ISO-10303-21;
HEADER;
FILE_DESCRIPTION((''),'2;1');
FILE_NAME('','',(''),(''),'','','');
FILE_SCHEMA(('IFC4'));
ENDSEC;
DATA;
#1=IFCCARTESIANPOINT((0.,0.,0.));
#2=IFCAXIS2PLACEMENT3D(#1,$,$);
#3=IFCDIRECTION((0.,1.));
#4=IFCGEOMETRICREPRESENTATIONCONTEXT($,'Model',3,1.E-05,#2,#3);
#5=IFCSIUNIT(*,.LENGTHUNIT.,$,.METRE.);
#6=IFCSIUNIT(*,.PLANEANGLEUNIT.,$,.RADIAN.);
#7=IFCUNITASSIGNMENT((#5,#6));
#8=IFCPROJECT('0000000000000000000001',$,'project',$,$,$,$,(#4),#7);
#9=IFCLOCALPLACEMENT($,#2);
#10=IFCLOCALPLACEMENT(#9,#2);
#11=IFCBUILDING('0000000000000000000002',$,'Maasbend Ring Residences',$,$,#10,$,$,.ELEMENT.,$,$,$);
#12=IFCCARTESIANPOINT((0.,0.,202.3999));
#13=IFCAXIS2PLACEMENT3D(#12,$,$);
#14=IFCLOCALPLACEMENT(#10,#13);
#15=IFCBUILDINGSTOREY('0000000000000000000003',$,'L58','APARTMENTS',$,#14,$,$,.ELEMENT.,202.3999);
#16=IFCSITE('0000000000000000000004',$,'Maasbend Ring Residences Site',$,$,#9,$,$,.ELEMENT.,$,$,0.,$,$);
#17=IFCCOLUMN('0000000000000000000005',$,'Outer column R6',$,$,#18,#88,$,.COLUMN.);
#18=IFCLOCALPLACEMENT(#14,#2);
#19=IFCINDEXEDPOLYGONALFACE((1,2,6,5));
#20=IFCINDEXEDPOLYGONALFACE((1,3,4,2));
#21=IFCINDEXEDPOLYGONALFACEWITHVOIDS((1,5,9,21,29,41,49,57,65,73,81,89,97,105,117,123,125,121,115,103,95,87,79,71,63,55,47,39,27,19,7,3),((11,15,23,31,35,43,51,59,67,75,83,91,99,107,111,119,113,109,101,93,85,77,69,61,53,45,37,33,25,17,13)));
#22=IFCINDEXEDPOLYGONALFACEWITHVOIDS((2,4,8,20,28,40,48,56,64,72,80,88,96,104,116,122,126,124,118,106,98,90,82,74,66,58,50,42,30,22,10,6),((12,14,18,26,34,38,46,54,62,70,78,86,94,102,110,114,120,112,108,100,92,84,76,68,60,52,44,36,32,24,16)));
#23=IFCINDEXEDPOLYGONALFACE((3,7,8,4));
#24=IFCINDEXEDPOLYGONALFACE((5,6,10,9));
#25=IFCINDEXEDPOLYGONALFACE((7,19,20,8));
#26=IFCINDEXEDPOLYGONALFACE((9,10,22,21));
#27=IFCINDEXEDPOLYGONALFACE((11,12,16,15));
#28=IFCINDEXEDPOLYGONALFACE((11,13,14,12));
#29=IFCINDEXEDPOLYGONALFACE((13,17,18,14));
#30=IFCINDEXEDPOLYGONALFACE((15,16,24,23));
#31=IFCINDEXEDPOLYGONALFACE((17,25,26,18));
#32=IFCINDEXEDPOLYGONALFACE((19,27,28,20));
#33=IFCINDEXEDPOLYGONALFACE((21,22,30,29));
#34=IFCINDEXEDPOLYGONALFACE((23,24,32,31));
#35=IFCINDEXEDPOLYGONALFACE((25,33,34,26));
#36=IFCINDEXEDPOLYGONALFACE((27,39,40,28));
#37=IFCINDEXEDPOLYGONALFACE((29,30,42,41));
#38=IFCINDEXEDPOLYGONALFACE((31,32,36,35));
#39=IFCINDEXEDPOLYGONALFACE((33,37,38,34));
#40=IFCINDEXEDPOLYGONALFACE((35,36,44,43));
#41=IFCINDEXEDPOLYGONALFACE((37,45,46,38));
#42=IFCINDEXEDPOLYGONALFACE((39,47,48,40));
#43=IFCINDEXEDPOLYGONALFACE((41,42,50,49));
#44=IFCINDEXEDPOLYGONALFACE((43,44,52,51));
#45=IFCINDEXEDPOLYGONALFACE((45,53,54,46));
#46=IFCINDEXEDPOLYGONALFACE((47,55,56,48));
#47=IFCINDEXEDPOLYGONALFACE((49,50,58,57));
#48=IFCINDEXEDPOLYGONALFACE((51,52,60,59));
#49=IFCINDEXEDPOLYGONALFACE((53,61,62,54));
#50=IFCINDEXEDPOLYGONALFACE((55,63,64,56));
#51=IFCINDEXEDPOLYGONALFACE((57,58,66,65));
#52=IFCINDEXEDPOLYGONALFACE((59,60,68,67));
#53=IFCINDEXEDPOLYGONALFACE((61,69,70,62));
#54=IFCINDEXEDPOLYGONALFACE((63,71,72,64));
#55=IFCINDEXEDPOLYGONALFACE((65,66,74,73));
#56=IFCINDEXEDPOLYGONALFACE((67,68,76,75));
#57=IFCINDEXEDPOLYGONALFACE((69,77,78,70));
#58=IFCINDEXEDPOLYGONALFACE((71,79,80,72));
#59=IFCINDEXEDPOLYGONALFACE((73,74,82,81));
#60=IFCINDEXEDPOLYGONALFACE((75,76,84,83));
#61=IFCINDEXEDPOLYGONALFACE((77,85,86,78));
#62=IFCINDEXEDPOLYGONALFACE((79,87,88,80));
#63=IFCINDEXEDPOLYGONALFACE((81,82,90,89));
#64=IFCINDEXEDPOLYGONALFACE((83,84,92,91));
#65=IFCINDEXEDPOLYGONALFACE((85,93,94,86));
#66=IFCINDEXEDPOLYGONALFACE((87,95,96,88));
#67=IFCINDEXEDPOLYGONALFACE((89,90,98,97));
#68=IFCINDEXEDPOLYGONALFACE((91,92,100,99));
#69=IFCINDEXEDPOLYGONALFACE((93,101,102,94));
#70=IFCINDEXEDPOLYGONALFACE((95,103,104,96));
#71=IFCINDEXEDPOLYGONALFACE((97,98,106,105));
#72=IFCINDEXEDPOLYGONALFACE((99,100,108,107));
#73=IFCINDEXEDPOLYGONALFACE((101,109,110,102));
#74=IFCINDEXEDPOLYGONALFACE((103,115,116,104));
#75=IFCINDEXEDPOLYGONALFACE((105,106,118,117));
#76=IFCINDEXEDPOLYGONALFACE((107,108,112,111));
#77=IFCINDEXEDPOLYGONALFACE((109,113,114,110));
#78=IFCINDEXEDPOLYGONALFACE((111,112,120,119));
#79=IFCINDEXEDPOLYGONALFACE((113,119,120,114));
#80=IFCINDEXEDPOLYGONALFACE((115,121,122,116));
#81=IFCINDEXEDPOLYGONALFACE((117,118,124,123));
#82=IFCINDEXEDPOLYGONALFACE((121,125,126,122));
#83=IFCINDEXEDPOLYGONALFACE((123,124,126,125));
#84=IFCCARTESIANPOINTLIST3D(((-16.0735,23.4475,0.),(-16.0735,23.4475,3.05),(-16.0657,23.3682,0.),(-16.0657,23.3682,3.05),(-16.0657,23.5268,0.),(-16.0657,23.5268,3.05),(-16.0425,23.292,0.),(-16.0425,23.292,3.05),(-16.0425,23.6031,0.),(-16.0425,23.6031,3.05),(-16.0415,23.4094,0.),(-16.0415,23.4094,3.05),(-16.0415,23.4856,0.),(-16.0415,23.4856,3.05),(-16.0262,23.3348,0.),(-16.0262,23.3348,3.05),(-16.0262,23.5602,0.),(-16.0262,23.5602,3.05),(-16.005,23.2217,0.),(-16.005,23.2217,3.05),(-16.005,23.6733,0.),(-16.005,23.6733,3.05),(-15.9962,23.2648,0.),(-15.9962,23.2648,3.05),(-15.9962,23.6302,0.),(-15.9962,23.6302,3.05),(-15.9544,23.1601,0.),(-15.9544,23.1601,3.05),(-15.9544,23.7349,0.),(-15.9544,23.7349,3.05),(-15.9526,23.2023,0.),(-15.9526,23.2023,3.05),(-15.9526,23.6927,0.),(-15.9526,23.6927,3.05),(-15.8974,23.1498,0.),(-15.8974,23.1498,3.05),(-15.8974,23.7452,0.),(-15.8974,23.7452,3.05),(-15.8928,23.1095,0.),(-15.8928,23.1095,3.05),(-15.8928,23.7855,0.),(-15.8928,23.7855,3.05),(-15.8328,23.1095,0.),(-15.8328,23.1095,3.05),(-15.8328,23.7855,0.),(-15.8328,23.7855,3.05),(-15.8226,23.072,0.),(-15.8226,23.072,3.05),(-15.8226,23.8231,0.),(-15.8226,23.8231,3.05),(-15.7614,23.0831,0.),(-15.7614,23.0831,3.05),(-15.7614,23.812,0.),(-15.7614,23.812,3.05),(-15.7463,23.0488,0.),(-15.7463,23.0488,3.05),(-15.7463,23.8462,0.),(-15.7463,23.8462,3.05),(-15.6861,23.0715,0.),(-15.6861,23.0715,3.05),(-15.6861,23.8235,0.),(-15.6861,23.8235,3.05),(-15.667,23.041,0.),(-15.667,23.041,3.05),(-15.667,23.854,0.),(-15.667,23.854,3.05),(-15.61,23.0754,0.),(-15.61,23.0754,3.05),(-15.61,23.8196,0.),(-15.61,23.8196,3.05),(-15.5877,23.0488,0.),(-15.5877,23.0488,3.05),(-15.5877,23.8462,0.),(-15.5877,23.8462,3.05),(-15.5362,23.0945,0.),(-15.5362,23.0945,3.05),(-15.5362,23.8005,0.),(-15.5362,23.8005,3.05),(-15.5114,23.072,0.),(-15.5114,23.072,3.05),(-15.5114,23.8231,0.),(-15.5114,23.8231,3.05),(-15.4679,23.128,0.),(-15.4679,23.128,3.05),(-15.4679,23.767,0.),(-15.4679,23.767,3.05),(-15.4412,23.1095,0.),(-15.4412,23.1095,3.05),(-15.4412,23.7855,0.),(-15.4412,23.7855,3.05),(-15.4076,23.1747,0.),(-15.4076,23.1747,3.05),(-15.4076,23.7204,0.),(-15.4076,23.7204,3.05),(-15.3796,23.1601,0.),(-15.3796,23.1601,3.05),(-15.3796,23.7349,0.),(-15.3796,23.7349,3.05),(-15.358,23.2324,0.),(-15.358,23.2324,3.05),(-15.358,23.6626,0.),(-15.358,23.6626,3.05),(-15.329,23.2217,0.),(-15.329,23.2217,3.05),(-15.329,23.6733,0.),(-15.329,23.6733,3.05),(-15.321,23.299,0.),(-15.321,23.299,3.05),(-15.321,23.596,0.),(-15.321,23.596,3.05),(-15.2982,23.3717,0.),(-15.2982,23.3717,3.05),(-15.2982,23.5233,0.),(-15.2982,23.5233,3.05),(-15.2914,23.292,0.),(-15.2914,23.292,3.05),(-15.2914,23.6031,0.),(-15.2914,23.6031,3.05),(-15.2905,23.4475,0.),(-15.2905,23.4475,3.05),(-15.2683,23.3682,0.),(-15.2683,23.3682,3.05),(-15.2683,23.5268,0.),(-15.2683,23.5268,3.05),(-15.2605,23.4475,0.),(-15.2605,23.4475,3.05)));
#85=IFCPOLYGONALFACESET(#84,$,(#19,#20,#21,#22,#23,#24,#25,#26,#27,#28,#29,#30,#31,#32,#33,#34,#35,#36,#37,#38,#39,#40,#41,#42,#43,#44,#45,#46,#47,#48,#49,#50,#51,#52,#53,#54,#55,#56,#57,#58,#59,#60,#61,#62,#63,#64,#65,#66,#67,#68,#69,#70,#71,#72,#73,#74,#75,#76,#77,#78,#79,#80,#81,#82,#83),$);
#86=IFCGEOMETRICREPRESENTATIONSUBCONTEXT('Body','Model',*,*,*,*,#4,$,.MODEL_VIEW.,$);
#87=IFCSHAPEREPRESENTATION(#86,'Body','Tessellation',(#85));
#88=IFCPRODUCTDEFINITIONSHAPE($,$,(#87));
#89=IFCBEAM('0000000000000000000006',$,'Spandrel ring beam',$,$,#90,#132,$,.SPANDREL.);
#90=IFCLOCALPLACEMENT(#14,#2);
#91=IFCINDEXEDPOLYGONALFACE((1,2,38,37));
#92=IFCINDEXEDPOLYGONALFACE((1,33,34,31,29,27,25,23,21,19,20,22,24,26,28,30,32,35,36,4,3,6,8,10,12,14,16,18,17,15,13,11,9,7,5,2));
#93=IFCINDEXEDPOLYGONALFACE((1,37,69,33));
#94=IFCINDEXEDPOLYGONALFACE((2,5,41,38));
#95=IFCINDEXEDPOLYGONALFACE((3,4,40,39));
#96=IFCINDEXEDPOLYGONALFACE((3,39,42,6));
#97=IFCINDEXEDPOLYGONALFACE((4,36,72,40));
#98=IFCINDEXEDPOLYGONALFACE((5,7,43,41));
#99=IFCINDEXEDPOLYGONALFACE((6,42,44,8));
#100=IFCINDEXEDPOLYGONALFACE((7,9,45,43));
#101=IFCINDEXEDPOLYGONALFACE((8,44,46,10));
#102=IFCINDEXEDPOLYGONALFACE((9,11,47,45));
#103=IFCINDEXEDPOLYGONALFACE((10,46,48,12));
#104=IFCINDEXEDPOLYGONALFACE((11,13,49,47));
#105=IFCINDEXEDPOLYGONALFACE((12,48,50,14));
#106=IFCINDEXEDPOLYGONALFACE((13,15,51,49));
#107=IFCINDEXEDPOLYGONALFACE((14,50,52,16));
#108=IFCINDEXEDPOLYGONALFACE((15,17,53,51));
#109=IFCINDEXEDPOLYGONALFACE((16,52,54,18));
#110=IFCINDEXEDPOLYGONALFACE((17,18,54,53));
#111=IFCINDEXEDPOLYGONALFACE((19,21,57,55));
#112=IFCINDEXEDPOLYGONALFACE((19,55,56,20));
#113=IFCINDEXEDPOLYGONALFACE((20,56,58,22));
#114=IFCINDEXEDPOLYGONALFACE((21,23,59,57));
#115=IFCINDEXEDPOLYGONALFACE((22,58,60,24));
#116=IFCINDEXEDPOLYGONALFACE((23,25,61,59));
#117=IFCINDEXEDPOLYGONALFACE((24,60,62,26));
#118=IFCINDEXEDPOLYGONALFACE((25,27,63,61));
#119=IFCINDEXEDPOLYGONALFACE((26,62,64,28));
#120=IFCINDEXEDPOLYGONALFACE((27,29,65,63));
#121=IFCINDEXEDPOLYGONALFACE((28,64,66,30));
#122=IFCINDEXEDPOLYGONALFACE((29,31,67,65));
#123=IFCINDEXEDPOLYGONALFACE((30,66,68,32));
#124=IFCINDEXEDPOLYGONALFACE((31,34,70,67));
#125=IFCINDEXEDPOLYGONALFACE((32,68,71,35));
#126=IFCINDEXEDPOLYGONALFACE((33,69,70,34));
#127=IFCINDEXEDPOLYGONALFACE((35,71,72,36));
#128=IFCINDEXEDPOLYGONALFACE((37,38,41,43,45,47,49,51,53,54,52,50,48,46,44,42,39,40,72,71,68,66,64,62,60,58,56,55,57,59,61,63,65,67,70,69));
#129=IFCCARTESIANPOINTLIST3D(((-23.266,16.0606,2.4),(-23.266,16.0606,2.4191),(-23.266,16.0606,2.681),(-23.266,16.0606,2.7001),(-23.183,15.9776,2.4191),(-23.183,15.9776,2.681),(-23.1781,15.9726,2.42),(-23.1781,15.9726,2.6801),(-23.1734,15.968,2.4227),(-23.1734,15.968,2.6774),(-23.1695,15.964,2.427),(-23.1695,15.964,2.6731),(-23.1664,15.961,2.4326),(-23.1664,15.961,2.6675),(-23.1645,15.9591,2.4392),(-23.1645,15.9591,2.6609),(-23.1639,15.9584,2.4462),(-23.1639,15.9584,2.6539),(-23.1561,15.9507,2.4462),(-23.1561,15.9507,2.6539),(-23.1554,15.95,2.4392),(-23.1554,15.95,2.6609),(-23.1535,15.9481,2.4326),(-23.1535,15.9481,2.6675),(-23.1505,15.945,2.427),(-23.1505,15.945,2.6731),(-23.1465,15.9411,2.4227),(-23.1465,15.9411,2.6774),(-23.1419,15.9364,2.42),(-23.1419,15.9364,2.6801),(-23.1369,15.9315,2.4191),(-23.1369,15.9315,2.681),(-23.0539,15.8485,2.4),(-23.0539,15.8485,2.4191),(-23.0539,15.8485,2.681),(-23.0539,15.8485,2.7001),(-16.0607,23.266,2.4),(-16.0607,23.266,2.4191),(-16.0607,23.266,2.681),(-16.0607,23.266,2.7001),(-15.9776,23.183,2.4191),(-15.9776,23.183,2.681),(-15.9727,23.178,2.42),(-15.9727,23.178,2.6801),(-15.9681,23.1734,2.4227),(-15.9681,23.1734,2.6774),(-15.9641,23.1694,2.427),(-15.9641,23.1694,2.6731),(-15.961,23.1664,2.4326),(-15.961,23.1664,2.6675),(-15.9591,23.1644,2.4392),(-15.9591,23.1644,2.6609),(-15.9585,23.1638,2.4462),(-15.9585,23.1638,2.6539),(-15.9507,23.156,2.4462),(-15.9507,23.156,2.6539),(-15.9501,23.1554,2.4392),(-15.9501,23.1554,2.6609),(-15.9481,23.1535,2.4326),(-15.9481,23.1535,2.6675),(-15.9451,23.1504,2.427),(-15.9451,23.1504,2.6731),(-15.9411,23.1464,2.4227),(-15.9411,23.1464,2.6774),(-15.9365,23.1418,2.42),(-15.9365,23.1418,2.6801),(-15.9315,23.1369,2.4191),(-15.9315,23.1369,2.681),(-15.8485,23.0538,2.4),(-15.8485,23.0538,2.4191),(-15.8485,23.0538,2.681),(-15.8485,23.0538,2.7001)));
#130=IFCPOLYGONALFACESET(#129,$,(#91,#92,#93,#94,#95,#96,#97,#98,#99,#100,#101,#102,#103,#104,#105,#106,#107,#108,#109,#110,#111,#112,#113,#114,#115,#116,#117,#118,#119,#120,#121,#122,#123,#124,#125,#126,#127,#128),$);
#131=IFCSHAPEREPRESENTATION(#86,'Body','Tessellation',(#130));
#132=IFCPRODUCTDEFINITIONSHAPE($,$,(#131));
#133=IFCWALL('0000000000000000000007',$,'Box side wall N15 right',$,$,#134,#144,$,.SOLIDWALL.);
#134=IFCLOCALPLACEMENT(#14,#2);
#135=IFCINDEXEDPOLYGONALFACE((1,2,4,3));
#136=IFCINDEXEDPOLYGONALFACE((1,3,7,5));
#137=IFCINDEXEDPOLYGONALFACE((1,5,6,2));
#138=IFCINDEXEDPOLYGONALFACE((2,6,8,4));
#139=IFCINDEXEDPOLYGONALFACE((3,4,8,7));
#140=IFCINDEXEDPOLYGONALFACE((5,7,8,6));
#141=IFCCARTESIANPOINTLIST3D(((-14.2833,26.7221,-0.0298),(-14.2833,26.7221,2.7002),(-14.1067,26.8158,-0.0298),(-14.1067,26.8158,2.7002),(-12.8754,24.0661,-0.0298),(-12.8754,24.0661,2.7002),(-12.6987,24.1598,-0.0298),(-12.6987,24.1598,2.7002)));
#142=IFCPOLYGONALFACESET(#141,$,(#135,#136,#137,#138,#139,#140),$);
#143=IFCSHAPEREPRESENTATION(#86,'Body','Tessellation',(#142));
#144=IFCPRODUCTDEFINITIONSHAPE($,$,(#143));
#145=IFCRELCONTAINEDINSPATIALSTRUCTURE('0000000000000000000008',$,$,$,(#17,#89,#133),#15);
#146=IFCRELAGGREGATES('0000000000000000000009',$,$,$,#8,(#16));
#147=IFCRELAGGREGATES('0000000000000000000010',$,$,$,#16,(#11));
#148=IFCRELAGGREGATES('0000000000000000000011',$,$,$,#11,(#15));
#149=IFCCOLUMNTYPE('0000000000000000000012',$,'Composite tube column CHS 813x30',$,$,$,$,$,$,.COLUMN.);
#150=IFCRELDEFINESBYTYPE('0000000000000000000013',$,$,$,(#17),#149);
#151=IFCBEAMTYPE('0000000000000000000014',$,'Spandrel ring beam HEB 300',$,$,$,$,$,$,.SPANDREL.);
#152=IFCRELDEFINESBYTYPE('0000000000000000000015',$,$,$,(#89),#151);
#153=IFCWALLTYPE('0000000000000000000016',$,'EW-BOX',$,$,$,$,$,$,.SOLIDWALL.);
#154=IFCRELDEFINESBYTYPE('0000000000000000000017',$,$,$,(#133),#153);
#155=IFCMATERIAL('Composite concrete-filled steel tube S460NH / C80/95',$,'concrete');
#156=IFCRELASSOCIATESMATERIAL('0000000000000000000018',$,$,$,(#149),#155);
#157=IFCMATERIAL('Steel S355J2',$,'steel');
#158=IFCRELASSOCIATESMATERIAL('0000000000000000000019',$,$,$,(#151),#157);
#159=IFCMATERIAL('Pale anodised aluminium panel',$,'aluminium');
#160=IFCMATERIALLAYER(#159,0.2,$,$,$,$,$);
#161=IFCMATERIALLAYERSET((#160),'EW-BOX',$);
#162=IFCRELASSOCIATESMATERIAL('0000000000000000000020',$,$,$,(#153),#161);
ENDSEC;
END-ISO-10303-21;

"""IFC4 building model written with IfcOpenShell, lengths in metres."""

from ifc_helpers import new_model, si_unit, direction, frame, frame_2d, origin, origin_2d, place, context, subcontext, project, spatial, rectangle, hollow_circle, i_section, extrude, material, layer, layer_set, material_profile, profile_set, type_object, element, save


model = new_model("IFC4")

# Units and contexts
model_context = context("Model", 3, precision=1e-05, world=origin(), true_north=direction((0.0, 1.0)))
body_context = subcontext(model_context, "Body", "Model", "MODEL_VIEW")
ifc_project = project(units=[si_unit("LENGTHUNIT", "METRE"), si_unit("PLANEANGLEUNIT", "RADIAN")], contexts=[model_context])

# Site, building, storey
site_placement = place(None, origin())
site = spatial("IfcSite", under=ifc_project, at=site_placement, Name="Maasbend Ring Residences Site", CompositionType="ELEMENT", RefElevation=0.0)
building_placement = place(site_placement, origin())
building = spatial("IfcBuilding", under=site, at=building_placement, Name="Maasbend Ring Residences", CompositionType="ELEMENT")
storey_placement = place(building_placement, frame((0.0, 0.0, 202.3999)))
storey = spatial("IfcBuildingStorey", under=building, at=storey_placement, Name="L58", Description="APARTMENTS", CompositionType="ELEMENT", Elevation=202.3999)

# Column
ifc_material_1 = material(Name="Composite concrete-filled steel tube S460NH / C80/95", Category="concrete")
ifc_material_profile_1 = material_profile(ifc_material_1, hollow_circle(Radius=0.4065, WallThickness=0.03, at=origin_2d()), Name="Composite tube column CHS 813x30")
ifc_profile_set_1 = profile_set([ifc_material_profile_1], Name="Composite concrete-filled steel tube S460NH / C80/95")
column_type = type_object("IfcColumnType", Name="Composite tube column CHS 813x30", PredefinedType="COLUMN", material=ifc_profile_set_1)
column_placement = place(storey_placement, frame((-15.667, 23.4475, 0.0), z_axis=(0.0, 0.0, 1.0), x_axis=(1.0, 0.0, 0.0)))
element("IfcColumn", 1, at=column_placement, inside=storey, type_object=column_type, Name="Outer column R6", PredefinedType="COLUMN", context=body_context, shape_type="SweptSolid", body=[
    extrude(hollow_circle(Radius=0.4065, WallThickness=0.03, at=origin_2d()), origin(), (0.0, 0.0, 1.0), 3.05),
])

# Beam
ifc_material_2 = material(Name="Steel S355J2", Category="steel")
ifc_material_profile_2 = material_profile(ifc_material_2, i_section(OverallWidth=0.3, OverallDepth=0.3, WebThickness=0.011, FlangeThickness=0.019, FilletRadius=0.0271, at=origin_2d()), Name="HEB 300")
ifc_profile_set_2 = profile_set([ifc_material_profile_2], Name="Steel S355J2")
beam_type = type_object("IfcBeamType", Name="Spandrel ring beam HEB 300", PredefinedType="SPANDREL", material=ifc_profile_set_2)
beam_placement = place(storey_placement, frame((-15.9546, 23.1599, 2.55), z_axis=(-0.707107, -0.707107, 0.0), x_axis=(0.707107, -0.707107, 0.0)))
element("IfcBeam", 2, at=beam_placement, inside=storey, type_object=beam_type, Name="Spandrel ring beam", PredefinedType="SPANDREL", context=body_context, shape_type="SweptSolid", body=[
    extrude(i_section(OverallWidth=0.3, OverallDepth=0.3, WebThickness=0.011, FlangeThickness=0.019, FilletRadius=0.0271, at=origin_2d()), origin(), (0.0, 0.0, 1.0), 10.1899),
])

# Wall
ifc_material_3 = material(Name="Pale anodised aluminium panel", Category="aluminium")
ifc_layer_1 = layer(ifc_material_3, 0.2)
ifc_layer_set_1 = layer_set([ifc_layer_1], Name="EW-BOX")
wall_type_1 = type_object("IfcWallType", Name="EW-BOX", PredefinedType="SOLIDWALL", material=ifc_layer_set_1)
wall_1_placement = place(storey_placement, frame((-12.7871, 24.113, -0.0298), z_axis=(0.0, 0.0, 1.0), x_axis=(-0.468365, 0.883535, 0.0)))
element("IfcWall", 3, at=wall_1_placement, inside=storey, type_object=wall_type_1, Name="Box side wall N15 right", PredefinedType="SOLIDWALL", context=body_context, shape_type="SweptSolid", body=[
    extrude(rectangle(XDim=3.0061, YDim=0.2, at=frame_2d((1.5029, 0.0))), origin(), (0.0, 0.0, 1.0), 2.73),
])

save(model, "model.ifc")
